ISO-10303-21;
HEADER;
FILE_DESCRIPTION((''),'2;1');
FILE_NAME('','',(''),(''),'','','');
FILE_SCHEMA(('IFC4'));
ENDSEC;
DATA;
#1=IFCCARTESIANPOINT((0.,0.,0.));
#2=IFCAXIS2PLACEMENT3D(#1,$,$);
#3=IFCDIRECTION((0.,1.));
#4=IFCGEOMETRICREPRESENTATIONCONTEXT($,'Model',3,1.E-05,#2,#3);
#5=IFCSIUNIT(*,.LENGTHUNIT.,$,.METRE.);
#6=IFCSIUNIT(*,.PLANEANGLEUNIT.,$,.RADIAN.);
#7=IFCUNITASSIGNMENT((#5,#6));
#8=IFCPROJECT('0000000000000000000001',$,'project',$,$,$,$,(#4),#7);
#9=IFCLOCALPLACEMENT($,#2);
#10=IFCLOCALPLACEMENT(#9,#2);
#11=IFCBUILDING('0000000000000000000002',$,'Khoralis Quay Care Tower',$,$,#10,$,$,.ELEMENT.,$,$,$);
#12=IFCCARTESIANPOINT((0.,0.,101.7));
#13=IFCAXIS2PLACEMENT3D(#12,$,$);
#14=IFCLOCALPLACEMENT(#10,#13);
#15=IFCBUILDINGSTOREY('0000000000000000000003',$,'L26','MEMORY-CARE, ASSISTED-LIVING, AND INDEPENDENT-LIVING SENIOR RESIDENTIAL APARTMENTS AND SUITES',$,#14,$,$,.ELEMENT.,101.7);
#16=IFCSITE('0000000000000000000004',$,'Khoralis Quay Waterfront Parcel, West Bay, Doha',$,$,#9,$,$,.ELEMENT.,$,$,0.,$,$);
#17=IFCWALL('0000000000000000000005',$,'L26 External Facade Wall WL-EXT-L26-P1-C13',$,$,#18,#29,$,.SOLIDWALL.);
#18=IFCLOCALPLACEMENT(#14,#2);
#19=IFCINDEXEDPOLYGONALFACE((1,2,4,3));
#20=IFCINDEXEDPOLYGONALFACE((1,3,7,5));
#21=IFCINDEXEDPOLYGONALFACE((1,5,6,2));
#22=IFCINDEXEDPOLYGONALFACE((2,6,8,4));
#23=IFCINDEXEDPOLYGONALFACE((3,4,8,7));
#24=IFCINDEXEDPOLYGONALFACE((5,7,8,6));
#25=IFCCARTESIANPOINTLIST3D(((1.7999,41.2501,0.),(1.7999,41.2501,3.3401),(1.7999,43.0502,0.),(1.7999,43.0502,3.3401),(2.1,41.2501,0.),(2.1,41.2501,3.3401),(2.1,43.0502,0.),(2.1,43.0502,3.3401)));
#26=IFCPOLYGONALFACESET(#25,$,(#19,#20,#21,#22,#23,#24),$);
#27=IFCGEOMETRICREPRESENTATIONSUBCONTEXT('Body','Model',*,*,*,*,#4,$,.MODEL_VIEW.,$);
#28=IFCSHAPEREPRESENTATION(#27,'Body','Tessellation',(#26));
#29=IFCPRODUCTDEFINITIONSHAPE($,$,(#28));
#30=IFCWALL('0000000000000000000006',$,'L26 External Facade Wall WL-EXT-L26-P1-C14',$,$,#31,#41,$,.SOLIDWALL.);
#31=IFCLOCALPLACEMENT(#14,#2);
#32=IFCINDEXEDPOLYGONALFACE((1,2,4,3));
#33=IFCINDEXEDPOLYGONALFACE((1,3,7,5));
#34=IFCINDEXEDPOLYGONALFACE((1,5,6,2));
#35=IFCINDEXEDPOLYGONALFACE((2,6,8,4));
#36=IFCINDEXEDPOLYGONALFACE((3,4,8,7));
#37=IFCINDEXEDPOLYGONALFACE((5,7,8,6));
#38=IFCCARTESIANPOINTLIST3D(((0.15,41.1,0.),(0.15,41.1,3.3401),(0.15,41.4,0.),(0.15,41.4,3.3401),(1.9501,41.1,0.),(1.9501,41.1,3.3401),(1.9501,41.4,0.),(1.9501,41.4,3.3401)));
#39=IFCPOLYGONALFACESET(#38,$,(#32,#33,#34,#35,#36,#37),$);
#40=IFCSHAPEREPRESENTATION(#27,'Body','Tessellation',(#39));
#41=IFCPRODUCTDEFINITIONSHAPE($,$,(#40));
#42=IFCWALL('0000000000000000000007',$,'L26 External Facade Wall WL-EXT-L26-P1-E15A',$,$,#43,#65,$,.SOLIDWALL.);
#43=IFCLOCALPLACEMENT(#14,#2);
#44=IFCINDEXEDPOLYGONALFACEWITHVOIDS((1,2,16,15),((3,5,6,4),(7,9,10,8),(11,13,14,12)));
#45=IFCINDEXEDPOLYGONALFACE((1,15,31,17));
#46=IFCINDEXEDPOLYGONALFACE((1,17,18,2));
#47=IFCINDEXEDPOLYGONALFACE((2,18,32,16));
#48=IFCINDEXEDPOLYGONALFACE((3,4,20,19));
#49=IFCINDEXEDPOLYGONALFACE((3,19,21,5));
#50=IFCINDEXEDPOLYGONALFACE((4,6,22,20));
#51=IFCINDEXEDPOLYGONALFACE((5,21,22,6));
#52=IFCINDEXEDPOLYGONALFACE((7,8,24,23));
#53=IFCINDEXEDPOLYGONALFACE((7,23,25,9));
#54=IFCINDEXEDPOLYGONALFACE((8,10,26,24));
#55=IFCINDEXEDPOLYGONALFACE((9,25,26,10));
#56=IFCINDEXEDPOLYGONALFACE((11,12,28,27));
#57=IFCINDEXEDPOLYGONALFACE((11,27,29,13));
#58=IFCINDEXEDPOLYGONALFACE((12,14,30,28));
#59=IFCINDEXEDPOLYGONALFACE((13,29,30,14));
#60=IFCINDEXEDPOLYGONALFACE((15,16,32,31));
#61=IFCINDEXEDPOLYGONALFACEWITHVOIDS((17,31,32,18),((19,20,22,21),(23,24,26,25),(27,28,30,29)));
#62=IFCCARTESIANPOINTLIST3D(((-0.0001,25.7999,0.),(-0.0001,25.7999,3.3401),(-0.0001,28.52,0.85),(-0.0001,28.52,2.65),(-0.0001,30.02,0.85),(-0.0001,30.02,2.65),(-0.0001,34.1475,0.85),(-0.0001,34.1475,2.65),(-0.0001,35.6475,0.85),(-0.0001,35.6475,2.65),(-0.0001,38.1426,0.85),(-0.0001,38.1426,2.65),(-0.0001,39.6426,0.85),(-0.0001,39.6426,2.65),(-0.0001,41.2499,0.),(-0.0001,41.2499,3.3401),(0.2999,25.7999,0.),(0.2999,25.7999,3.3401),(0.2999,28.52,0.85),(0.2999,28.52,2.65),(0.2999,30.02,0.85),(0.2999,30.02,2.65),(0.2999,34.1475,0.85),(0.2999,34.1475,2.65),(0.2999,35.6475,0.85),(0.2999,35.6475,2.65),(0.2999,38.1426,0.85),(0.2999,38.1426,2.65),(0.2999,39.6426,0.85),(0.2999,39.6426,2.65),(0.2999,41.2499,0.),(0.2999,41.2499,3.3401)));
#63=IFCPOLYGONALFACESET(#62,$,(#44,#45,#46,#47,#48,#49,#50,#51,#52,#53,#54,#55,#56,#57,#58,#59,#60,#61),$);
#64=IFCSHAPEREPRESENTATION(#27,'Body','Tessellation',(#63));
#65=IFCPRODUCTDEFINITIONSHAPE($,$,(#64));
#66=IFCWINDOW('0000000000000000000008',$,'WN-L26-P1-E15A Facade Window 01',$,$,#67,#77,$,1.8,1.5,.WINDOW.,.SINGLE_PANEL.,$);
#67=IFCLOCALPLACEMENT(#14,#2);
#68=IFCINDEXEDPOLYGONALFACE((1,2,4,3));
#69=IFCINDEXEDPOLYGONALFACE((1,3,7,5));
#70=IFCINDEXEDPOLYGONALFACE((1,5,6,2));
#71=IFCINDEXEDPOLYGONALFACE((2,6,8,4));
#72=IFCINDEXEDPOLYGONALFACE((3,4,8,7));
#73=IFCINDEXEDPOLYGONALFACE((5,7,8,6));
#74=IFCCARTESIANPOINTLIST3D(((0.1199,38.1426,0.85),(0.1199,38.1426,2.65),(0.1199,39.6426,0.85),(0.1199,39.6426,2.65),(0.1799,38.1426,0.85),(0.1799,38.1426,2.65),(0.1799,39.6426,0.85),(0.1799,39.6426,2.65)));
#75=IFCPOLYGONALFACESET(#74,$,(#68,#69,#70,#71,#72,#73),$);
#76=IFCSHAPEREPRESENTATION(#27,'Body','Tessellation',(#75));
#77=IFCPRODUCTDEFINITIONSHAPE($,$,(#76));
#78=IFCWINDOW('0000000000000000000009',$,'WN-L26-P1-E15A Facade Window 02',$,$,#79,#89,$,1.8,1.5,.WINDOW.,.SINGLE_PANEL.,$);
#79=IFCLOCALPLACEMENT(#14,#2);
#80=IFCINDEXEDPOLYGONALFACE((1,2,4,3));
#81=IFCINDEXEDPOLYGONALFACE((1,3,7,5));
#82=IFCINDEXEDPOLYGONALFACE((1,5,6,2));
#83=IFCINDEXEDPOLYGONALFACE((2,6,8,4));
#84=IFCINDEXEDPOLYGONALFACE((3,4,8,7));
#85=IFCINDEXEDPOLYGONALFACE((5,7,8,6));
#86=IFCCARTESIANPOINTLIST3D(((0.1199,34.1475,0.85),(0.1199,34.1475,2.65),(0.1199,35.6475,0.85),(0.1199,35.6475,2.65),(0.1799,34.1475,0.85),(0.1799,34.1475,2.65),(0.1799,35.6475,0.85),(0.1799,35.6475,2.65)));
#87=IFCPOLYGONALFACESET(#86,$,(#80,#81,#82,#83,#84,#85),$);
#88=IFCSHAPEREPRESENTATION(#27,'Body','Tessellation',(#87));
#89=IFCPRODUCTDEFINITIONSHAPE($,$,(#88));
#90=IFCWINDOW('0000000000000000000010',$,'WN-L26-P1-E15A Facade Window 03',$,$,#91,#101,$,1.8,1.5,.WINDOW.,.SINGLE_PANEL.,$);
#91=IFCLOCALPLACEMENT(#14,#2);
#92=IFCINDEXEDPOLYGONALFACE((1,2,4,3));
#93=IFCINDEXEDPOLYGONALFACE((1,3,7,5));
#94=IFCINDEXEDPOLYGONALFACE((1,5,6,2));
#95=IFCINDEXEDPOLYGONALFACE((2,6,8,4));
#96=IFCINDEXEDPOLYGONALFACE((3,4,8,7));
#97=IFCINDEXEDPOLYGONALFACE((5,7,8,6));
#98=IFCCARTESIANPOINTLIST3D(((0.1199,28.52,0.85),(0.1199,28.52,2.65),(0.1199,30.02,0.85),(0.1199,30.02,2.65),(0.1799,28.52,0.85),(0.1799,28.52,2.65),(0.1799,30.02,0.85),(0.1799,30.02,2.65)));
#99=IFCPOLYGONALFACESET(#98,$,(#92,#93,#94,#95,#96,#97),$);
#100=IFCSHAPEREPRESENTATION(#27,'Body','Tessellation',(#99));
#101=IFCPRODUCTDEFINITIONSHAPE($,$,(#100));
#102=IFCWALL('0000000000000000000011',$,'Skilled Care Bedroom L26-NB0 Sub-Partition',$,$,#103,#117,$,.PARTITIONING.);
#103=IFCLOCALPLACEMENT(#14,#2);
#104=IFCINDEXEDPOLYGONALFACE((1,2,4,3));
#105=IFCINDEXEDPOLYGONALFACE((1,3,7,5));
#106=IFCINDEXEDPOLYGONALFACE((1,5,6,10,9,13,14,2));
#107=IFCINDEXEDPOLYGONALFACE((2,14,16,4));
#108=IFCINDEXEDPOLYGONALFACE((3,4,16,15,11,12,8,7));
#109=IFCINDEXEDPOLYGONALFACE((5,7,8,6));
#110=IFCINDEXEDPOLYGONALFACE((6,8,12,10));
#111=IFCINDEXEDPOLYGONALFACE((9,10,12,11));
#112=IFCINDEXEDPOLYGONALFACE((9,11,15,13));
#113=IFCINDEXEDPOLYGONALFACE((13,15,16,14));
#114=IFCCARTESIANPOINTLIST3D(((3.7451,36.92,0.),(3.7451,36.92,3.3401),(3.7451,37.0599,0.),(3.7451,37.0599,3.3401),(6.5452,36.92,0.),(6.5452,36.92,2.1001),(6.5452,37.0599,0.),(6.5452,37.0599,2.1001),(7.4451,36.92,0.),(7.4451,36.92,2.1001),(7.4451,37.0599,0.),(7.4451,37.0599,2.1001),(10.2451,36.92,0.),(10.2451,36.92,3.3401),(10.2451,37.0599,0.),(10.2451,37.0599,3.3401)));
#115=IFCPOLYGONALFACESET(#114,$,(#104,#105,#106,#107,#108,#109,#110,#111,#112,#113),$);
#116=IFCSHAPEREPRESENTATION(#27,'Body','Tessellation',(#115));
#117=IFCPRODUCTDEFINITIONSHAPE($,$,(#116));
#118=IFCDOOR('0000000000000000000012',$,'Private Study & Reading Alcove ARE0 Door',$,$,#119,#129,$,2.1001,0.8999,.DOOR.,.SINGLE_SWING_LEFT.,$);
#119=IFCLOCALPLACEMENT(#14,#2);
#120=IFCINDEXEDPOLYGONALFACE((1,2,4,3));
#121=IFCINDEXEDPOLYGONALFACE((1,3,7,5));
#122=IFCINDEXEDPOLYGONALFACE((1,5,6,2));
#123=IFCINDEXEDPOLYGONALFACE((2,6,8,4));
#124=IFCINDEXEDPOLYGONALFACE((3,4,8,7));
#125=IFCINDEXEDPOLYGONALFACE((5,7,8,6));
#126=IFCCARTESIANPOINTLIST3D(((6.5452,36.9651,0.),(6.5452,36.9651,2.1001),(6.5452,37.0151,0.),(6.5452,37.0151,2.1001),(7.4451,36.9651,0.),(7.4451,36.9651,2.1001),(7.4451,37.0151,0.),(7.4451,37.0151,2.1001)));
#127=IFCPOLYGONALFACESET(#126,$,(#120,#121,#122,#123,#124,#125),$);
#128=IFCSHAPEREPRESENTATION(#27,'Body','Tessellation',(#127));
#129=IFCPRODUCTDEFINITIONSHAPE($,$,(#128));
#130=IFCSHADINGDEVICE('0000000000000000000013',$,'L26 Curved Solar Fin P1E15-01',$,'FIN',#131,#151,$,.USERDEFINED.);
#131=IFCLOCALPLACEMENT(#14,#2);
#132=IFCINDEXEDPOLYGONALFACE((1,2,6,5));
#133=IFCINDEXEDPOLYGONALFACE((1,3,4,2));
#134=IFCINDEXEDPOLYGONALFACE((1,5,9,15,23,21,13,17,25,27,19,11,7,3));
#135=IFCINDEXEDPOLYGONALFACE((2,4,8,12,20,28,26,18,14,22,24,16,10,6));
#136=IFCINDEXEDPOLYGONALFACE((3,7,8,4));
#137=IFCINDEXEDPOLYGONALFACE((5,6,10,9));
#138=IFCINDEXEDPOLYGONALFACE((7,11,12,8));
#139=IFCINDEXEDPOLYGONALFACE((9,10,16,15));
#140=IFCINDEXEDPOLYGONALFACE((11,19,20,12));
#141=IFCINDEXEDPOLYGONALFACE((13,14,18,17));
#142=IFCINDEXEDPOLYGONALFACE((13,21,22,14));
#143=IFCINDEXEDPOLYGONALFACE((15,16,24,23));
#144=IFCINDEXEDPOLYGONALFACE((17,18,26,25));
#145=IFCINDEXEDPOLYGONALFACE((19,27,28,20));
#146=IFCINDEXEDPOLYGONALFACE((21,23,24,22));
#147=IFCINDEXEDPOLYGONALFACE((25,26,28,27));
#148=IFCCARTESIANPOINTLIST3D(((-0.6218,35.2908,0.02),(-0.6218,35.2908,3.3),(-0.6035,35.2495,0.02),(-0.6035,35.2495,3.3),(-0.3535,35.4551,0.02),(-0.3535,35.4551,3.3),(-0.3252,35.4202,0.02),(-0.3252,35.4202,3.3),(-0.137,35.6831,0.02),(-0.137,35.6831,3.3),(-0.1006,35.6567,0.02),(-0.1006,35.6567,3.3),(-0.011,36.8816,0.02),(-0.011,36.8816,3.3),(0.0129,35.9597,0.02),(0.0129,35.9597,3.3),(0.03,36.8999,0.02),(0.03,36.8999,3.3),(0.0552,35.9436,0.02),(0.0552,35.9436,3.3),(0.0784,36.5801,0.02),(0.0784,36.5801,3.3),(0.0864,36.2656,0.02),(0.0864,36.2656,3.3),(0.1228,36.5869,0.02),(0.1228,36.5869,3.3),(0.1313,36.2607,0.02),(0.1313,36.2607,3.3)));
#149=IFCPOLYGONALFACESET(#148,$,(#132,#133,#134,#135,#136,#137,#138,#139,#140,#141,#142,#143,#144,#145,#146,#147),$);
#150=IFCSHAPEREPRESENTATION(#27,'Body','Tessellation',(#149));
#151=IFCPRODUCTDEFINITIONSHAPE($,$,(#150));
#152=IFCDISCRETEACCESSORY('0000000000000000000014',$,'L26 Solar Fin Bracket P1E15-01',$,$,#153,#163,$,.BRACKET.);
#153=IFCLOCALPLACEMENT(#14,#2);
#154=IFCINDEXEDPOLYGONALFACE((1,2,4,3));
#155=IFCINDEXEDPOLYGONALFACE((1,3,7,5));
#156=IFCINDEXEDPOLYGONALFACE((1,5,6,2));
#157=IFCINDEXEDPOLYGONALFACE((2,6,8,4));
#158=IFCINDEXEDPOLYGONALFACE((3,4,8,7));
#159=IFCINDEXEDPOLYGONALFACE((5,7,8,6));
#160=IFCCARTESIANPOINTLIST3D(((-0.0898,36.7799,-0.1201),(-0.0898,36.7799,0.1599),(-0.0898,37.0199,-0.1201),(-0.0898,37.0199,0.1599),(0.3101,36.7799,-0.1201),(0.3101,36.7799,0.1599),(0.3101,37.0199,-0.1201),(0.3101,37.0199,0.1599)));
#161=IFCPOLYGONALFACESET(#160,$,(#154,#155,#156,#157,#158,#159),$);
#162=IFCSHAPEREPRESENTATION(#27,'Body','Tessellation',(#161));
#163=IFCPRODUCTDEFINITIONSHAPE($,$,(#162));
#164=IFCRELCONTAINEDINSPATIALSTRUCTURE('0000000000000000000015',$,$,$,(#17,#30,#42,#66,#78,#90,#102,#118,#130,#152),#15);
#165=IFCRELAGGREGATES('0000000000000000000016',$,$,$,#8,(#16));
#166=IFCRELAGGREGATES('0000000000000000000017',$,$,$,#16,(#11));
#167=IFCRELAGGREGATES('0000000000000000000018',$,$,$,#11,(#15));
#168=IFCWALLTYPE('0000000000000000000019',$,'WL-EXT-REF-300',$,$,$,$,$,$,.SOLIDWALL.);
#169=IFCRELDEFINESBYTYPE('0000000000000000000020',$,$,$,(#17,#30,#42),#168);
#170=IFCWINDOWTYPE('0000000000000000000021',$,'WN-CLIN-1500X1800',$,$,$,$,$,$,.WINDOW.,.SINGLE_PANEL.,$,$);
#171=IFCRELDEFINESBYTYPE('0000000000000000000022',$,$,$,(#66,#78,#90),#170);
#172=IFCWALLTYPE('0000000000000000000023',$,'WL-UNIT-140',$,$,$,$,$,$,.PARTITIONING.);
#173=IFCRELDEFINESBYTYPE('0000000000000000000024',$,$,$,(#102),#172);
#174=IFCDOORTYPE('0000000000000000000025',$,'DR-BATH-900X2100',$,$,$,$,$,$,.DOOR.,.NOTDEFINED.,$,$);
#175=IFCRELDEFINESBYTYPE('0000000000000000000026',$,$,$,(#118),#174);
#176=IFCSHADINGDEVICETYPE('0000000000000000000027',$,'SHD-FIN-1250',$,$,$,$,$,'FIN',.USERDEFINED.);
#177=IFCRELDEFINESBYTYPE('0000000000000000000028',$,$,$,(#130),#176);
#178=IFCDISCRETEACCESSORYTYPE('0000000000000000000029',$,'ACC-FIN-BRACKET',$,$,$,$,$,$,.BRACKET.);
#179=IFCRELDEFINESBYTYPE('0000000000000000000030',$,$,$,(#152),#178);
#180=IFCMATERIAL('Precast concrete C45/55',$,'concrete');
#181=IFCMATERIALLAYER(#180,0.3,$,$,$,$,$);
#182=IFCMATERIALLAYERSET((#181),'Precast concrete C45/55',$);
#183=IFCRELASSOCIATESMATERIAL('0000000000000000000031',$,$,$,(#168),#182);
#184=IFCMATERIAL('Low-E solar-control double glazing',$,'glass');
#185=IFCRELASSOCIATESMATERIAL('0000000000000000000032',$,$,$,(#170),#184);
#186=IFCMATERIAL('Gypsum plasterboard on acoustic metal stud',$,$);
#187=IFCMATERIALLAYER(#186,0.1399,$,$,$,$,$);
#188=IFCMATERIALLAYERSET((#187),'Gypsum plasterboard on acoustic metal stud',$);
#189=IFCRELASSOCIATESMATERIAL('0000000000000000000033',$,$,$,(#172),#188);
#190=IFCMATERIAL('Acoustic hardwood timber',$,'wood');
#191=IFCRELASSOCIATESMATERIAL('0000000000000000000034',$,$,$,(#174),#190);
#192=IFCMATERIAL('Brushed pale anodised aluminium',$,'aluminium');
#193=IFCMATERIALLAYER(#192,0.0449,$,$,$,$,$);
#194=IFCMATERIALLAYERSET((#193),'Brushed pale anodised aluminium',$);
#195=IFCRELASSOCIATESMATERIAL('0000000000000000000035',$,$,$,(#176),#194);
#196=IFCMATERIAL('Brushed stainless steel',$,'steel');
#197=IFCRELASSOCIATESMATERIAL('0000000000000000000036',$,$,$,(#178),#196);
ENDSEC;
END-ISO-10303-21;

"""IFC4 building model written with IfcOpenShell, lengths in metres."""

from ifc_helpers import new_model, si_unit, direction, frame, frame_2d, origin, origin_2d, place, context, subcontext, project, spatial, polyline, rectangle, outline, extrude, source, transform, mapped, material, layer, layer_set, type_object, element, fill, save


model = new_model("IFC4")

# Units and contexts
model_context = context("Model", 3, precision=1e-05, world=origin(), true_north=direction((0.0, 1.0)))
body_context = subcontext(model_context, "Body", "Model", "MODEL_VIEW")
ifc_project = project(units=[si_unit("LENGTHUNIT", "METRE"), si_unit("PLANEANGLEUNIT", "RADIAN")], contexts=[model_context])

# Site, building, storey
site_placement = place(None, origin())
site = spatial("IfcSite", under=ifc_project, at=site_placement, Name="Khoralis Quay Waterfront Parcel, West Bay, Doha", CompositionType="ELEMENT", RefElevation=0.0)
building_placement = place(site_placement, origin())
building = spatial("IfcBuilding", under=site, at=building_placement, Name="Khoralis Quay Care Tower", CompositionType="ELEMENT")
storey_placement = place(building_placement, frame((0.0, 0.0, 101.7)))
storey = spatial("IfcBuildingStorey", under=building, at=storey_placement, Name="L26", Description="MEMORY-CARE, ASSISTED-LIVING, AND INDEPENDENT-LIVING SENIOR RESIDENTIAL APARTMENTS AND SUITES", CompositionType="ELEMENT", Elevation=101.7)

# Walls
ifc_material_1 = material(Name="Precast concrete C45/55", Category="concrete")
ifc_layer_1 = layer(ifc_material_1, 0.3)
ifc_layer_set_1 = layer_set([ifc_layer_1], Name="Precast concrete C45/55")
wall_type_1 = type_object("IfcWallType", Name="WL-EXT-REF-300", PredefinedType="SOLIDWALL", material=ifc_layer_set_1)
for number, where, z_axis, x_axis, name in (
    (1, (1.95, 43.05, 0.0), (0.0, 0.0, 1.0), (0.0, -1.0, 0.0), "L26 External Facade Wall WL-EXT-L26-P1-C13"),
    (2, (1.95, 41.25, 0.0), (0.0, 0.0, 1.0), (-1.0, 0.0, 0.0), "L26 External Facade Wall WL-EXT-L26-P1-C14"),
):
    element("IfcWall", number, at=place(storey_placement, frame(where, z_axis=z_axis, x_axis=x_axis)), inside=storey, type_object=wall_type_1, Name=name, PredefinedType="SOLIDWALL", context=body_context, shape_type="SweptSolid", body=[
        extrude(rectangle(XDim=1.8, YDim=0.3, at=frame_2d((0.8999, 0.0))), origin(), (0.0, 0.0, 1.0), 3.3401),
    ])

# Wall, openings, windows
wall_1_placement = place(storey_placement, frame((0.1499, 41.25, 0.0), z_axis=(0.0, 0.0, 1.0), x_axis=(0.0, -1.0, 0.0)))
wall_1 = element("IfcWall", 3, at=wall_1_placement, inside=storey, type_object=wall_type_1, Name="L26 External Facade Wall WL-EXT-L26-P1-E15A", PredefinedType="SOLIDWALL", context=body_context, shape_type="SweptSolid", body=[
    extrude(rectangle(XDim=15.45, YDim=0.3, at=frame_2d((7.7251, 0.0))), origin(), (0.0, 0.0, 1.0), 3.3401),
])
opening_1_placement = place(wall_1_placement, frame((1.6074, 0.0, 0.8501)))
opening_1 = element("IfcOpeningElement", 4, at=opening_1_placement, cuts=wall_1, PredefinedType="OPENING", context=body_context, shape_type="SweptSolid", body=[
    extrude(rectangle(XDim=1.5, YDim=1.8, at=frame_2d((0.75, 0.8999))), frame((0.0, 0.1602, 0.0), z_axis=(0.0, -1.0, 0.0), x_axis=(1.0, 0.0, 0.0)), (0.0, 0.0, 1.0), 0.3201),
])
opening_2_placement = place(wall_1_placement, frame((5.6025, 0.0, 0.8501)))
opening_2 = element("IfcOpeningElement", 5, at=opening_2_placement, cuts=wall_1, PredefinedType="OPENING", context=body_context, shape_type="SweptSolid", body=[
    extrude(rectangle(XDim=1.5, YDim=1.8, at=frame_2d((0.75, 0.8999))), frame((0.0, 0.1602, 0.0), z_axis=(0.0, -1.0, 0.0), x_axis=(1.0, 0.0, 0.0)), (0.0, 0.0, 1.0), 0.3201),
])
opening_3_placement = place(wall_1_placement, frame((11.23, 0.0, 0.8501)))
opening_3 = element("IfcOpeningElement", 6, at=opening_3_placement, cuts=wall_1, PredefinedType="OPENING", context=body_context, shape_type="SweptSolid", body=[
    extrude(rectangle(XDim=1.5, YDim=1.8, at=frame_2d((0.75, 0.8999))), frame((0.0, 0.1602, 0.0), z_axis=(0.0, -1.0, 0.0), x_axis=(1.0, 0.0, 0.0)), (0.0, 0.0, 1.0), 0.3201),
])
ifc_material_2 = material(Name="Low-E solar-control double glazing", Category="glass")
window_type = type_object("IfcWindowType", Name="WN-CLIN-1500X1800", PartitioningType="SINGLE_PANEL", PredefinedType="WINDOW", material=ifc_material_2)
shared_shape_1 = source(origin(), body_context, "Body", "SweptSolid", [
    extrude(rectangle(XDim=1.5, YDim=1.8, at=frame_2d((0.75, 0.8999))), frame((0.0, 0.03, 0.0), z_axis=(0.0, -1.0, 0.0), x_axis=(1.0, 0.0, 0.0)), (0.0, 0.0, 1.0), 0.0601),
])
window_1_placement = place(opening_1_placement, origin())
window_1 = element("IfcWindow", 7, at=window_1_placement, inside=storey, type_object=window_type, Name="WN-L26-P1-E15A Facade Window 01", OverallHeight=1.8, OverallWidth=1.5, PartitioningType="SINGLE_PANEL", PredefinedType="WINDOW", context=body_context, shape_type="MappedRepresentation", body=[
    mapped(shared_shape_1, transform((0.0, 0.0, 0.0), scale=1.0)),
])
fill(opening_1, window_1)
window_2_placement = place(opening_2_placement, origin())
window_2 = element("IfcWindow", 8, at=window_2_placement, inside=storey, type_object=window_type, Name="WN-L26-P1-E15A Facade Window 02", OverallHeight=1.8, OverallWidth=1.5, PartitioningType="SINGLE_PANEL", PredefinedType="WINDOW", context=body_context, shape_type="MappedRepresentation", body=[
    mapped(shared_shape_1, transform((0.0, 0.0, 0.0), scale=1.0)),
])
fill(opening_2, window_2)
window_3_placement = place(opening_3_placement, origin())
window_3 = element("IfcWindow", 9, at=window_3_placement, inside=storey, type_object=window_type, Name="WN-L26-P1-E15A Facade Window 03", OverallHeight=1.8, OverallWidth=1.5, PartitioningType="SINGLE_PANEL", PredefinedType="WINDOW", context=body_context, shape_type="MappedRepresentation", body=[
    mapped(shared_shape_1, transform((0.0, 0.0, 0.0), scale=1.0)),
])
fill(opening_3, window_3)

# Wall, opening, door
ifc_material_3 = material(Name="Gypsum plasterboard on acoustic metal stud")
ifc_layer_2 = layer(ifc_material_3, 0.1399)
ifc_layer_set_2 = layer_set([ifc_layer_2], Name="Gypsum plasterboard on acoustic metal stud")
wall_type_2 = type_object("IfcWallType", Name="WL-UNIT-140", PredefinedType="PARTITIONING", material=ifc_layer_set_2)
wall_2_placement = place(storey_placement, frame((3.7451, 36.99, 0.0), z_axis=(0.0, 0.0, 1.0), x_axis=(1.0, 0.0, 0.0)))
wall_2 = element("IfcWall", 10, at=wall_2_placement, inside=storey, type_object=wall_type_2, Name="Skilled Care Bedroom L26-NB0 Sub-Partition", PredefinedType="PARTITIONING", context=body_context, shape_type="SweptSolid", body=[
    extrude(rectangle(XDim=6.5, YDim=0.1399, at=frame_2d((3.25, 0.0))), origin(), (0.0, 0.0, 1.0), 3.3401),
])
opening_4_placement = place(wall_2_placement, frame((2.8, 0.0, 0.0)))
opening_4 = element("IfcOpeningElement", 11, at=opening_4_placement, cuts=wall_2, PredefinedType="OPENING", context=body_context, shape_type="SweptSolid", body=[
    extrude(rectangle(XDim=0.8999, YDim=2.1001, at=frame_2d((0.45, 1.05))), frame((0.0, 0.0801, 0.0), z_axis=(0.0, -1.0, 0.0), x_axis=(1.0, 0.0, 0.0)), (0.0, 0.0, 1.0), 0.1599),
])
ifc_material_4 = material(Name="Acoustic hardwood timber", Category="wood")
door_type = type_object("IfcDoorType", Name="DR-BATH-900X2100", OperationType="NOTDEFINED", PredefinedType="DOOR", material=ifc_material_4)
shared_shape_2 = source(origin(), body_context, "Body", "SweptSolid", [
    extrude(rectangle(XDim=0.8999, YDim=2.1001, at=frame_2d((0.45, 1.05))), frame((0.0, 0.0249, 0.0), z_axis=(0.0, -1.0, 0.0), x_axis=(1.0, 0.0, 0.0)), (0.0, 0.0, 1.0), 0.05),
])
door_placement = place(opening_4_placement, frame((0.8999, 0.0, 0.0), z_axis=(0.0, 0.0, 1.0), x_axis=(-1.0, 0.0, 0.0)))
door = element("IfcDoor", 12, at=door_placement, inside=storey, type_object=door_type, Name="Private Study & Reading Alcove ARE0 Door", OperationType="SINGLE_SWING_LEFT", OverallHeight=2.1001, OverallWidth=0.8999, PredefinedType="DOOR", context=body_context, shape_type="MappedRepresentation", body=[
    mapped(shared_shape_2, transform((0.0, 0.0, 0.0), scale=1.0)),
])
fill(opening_4, door)

# Shading device
ifc_material_5 = material(Name="Brushed pale anodised aluminium", Category="aluminium")
ifc_layer_3 = layer(ifc_material_5, 0.0449)
ifc_layer_set_3 = layer_set([ifc_layer_3], Name="Brushed pale anodised aluminium")
shading_device_type = type_object("IfcShadingDeviceType", Name="SHD-FIN-1250", ElementType="FIN", PredefinedType="USERDEFINED", material=ifc_layer_set_3)
shared_shape_3 = source(origin(), body_context, "Body", "SweptSolid", [
    extrude(outline(polyline([(0.0, 0.0), (-0.0928, 0.313), (-0.1013, 0.6392), (-0.0251, 0.9563), (0.1306, 1.2432), (0.3552, 1.4797), (0.6335, 1.6504), (0.6519, 1.6091), (0.3835, 1.4448), (0.167, 1.2168), (0.0171, 0.9402), (-0.0564, 0.6343), (-0.0483, 0.3198), (0.041, 0.0183), (0.0, 0.0)])), origin(), (0.0, 0.0, 1.0), 3.28),
])
shading_device_placement = place(storey_placement, frame((0.03, 36.8999, 0.02), z_axis=(0.0, 0.0, 1.0), x_axis=(-1.0, 0.0, 0.0)))
element("IfcShadingDevice", 13, at=shading_device_placement, inside=storey, type_object=shading_device_type, Name="L26 Curved Solar Fin P1E15-01", ObjectType="FIN", PredefinedType="USERDEFINED", context=body_context, shape_type="MappedRepresentation", body=[
    mapped(shared_shape_3, transform((0.0, 0.0, 0.0), scale=1.0)),
])

# Discrete accessory
ifc_material_6 = material(Name="Brushed stainless steel", Category="steel")
discrete_accessory_type = type_object("IfcDiscreteAccessoryType", Name="ACC-FIN-BRACKET", PredefinedType="BRACKET", material=ifc_material_6)
shared_shape_4 = source(origin(), body_context, "Body", "SweptSolid", [
    extrude(rectangle(XDim=0.3999, YDim=0.24, at=origin_2d()), origin(), (0.0, 0.0, 1.0), 0.28),
])
discrete_accessory_placement = place(storey_placement, frame((0.1101, 36.8999, -0.1201), z_axis=(0.0, 0.0, 1.0), x_axis=(-1.0, 0.0, 0.0)))
element("IfcDiscreteAccessory", 14, at=discrete_accessory_placement, inside=storey, type_object=discrete_accessory_type, Name="L26 Solar Fin Bracket P1E15-01", PredefinedType="BRACKET", context=body_context, shape_type="MappedRepresentation", body=[
    mapped(shared_shape_4, transform((0.0, 0.0, 0.0), scale=1.0)),
])

save(model, "model.ifc")
